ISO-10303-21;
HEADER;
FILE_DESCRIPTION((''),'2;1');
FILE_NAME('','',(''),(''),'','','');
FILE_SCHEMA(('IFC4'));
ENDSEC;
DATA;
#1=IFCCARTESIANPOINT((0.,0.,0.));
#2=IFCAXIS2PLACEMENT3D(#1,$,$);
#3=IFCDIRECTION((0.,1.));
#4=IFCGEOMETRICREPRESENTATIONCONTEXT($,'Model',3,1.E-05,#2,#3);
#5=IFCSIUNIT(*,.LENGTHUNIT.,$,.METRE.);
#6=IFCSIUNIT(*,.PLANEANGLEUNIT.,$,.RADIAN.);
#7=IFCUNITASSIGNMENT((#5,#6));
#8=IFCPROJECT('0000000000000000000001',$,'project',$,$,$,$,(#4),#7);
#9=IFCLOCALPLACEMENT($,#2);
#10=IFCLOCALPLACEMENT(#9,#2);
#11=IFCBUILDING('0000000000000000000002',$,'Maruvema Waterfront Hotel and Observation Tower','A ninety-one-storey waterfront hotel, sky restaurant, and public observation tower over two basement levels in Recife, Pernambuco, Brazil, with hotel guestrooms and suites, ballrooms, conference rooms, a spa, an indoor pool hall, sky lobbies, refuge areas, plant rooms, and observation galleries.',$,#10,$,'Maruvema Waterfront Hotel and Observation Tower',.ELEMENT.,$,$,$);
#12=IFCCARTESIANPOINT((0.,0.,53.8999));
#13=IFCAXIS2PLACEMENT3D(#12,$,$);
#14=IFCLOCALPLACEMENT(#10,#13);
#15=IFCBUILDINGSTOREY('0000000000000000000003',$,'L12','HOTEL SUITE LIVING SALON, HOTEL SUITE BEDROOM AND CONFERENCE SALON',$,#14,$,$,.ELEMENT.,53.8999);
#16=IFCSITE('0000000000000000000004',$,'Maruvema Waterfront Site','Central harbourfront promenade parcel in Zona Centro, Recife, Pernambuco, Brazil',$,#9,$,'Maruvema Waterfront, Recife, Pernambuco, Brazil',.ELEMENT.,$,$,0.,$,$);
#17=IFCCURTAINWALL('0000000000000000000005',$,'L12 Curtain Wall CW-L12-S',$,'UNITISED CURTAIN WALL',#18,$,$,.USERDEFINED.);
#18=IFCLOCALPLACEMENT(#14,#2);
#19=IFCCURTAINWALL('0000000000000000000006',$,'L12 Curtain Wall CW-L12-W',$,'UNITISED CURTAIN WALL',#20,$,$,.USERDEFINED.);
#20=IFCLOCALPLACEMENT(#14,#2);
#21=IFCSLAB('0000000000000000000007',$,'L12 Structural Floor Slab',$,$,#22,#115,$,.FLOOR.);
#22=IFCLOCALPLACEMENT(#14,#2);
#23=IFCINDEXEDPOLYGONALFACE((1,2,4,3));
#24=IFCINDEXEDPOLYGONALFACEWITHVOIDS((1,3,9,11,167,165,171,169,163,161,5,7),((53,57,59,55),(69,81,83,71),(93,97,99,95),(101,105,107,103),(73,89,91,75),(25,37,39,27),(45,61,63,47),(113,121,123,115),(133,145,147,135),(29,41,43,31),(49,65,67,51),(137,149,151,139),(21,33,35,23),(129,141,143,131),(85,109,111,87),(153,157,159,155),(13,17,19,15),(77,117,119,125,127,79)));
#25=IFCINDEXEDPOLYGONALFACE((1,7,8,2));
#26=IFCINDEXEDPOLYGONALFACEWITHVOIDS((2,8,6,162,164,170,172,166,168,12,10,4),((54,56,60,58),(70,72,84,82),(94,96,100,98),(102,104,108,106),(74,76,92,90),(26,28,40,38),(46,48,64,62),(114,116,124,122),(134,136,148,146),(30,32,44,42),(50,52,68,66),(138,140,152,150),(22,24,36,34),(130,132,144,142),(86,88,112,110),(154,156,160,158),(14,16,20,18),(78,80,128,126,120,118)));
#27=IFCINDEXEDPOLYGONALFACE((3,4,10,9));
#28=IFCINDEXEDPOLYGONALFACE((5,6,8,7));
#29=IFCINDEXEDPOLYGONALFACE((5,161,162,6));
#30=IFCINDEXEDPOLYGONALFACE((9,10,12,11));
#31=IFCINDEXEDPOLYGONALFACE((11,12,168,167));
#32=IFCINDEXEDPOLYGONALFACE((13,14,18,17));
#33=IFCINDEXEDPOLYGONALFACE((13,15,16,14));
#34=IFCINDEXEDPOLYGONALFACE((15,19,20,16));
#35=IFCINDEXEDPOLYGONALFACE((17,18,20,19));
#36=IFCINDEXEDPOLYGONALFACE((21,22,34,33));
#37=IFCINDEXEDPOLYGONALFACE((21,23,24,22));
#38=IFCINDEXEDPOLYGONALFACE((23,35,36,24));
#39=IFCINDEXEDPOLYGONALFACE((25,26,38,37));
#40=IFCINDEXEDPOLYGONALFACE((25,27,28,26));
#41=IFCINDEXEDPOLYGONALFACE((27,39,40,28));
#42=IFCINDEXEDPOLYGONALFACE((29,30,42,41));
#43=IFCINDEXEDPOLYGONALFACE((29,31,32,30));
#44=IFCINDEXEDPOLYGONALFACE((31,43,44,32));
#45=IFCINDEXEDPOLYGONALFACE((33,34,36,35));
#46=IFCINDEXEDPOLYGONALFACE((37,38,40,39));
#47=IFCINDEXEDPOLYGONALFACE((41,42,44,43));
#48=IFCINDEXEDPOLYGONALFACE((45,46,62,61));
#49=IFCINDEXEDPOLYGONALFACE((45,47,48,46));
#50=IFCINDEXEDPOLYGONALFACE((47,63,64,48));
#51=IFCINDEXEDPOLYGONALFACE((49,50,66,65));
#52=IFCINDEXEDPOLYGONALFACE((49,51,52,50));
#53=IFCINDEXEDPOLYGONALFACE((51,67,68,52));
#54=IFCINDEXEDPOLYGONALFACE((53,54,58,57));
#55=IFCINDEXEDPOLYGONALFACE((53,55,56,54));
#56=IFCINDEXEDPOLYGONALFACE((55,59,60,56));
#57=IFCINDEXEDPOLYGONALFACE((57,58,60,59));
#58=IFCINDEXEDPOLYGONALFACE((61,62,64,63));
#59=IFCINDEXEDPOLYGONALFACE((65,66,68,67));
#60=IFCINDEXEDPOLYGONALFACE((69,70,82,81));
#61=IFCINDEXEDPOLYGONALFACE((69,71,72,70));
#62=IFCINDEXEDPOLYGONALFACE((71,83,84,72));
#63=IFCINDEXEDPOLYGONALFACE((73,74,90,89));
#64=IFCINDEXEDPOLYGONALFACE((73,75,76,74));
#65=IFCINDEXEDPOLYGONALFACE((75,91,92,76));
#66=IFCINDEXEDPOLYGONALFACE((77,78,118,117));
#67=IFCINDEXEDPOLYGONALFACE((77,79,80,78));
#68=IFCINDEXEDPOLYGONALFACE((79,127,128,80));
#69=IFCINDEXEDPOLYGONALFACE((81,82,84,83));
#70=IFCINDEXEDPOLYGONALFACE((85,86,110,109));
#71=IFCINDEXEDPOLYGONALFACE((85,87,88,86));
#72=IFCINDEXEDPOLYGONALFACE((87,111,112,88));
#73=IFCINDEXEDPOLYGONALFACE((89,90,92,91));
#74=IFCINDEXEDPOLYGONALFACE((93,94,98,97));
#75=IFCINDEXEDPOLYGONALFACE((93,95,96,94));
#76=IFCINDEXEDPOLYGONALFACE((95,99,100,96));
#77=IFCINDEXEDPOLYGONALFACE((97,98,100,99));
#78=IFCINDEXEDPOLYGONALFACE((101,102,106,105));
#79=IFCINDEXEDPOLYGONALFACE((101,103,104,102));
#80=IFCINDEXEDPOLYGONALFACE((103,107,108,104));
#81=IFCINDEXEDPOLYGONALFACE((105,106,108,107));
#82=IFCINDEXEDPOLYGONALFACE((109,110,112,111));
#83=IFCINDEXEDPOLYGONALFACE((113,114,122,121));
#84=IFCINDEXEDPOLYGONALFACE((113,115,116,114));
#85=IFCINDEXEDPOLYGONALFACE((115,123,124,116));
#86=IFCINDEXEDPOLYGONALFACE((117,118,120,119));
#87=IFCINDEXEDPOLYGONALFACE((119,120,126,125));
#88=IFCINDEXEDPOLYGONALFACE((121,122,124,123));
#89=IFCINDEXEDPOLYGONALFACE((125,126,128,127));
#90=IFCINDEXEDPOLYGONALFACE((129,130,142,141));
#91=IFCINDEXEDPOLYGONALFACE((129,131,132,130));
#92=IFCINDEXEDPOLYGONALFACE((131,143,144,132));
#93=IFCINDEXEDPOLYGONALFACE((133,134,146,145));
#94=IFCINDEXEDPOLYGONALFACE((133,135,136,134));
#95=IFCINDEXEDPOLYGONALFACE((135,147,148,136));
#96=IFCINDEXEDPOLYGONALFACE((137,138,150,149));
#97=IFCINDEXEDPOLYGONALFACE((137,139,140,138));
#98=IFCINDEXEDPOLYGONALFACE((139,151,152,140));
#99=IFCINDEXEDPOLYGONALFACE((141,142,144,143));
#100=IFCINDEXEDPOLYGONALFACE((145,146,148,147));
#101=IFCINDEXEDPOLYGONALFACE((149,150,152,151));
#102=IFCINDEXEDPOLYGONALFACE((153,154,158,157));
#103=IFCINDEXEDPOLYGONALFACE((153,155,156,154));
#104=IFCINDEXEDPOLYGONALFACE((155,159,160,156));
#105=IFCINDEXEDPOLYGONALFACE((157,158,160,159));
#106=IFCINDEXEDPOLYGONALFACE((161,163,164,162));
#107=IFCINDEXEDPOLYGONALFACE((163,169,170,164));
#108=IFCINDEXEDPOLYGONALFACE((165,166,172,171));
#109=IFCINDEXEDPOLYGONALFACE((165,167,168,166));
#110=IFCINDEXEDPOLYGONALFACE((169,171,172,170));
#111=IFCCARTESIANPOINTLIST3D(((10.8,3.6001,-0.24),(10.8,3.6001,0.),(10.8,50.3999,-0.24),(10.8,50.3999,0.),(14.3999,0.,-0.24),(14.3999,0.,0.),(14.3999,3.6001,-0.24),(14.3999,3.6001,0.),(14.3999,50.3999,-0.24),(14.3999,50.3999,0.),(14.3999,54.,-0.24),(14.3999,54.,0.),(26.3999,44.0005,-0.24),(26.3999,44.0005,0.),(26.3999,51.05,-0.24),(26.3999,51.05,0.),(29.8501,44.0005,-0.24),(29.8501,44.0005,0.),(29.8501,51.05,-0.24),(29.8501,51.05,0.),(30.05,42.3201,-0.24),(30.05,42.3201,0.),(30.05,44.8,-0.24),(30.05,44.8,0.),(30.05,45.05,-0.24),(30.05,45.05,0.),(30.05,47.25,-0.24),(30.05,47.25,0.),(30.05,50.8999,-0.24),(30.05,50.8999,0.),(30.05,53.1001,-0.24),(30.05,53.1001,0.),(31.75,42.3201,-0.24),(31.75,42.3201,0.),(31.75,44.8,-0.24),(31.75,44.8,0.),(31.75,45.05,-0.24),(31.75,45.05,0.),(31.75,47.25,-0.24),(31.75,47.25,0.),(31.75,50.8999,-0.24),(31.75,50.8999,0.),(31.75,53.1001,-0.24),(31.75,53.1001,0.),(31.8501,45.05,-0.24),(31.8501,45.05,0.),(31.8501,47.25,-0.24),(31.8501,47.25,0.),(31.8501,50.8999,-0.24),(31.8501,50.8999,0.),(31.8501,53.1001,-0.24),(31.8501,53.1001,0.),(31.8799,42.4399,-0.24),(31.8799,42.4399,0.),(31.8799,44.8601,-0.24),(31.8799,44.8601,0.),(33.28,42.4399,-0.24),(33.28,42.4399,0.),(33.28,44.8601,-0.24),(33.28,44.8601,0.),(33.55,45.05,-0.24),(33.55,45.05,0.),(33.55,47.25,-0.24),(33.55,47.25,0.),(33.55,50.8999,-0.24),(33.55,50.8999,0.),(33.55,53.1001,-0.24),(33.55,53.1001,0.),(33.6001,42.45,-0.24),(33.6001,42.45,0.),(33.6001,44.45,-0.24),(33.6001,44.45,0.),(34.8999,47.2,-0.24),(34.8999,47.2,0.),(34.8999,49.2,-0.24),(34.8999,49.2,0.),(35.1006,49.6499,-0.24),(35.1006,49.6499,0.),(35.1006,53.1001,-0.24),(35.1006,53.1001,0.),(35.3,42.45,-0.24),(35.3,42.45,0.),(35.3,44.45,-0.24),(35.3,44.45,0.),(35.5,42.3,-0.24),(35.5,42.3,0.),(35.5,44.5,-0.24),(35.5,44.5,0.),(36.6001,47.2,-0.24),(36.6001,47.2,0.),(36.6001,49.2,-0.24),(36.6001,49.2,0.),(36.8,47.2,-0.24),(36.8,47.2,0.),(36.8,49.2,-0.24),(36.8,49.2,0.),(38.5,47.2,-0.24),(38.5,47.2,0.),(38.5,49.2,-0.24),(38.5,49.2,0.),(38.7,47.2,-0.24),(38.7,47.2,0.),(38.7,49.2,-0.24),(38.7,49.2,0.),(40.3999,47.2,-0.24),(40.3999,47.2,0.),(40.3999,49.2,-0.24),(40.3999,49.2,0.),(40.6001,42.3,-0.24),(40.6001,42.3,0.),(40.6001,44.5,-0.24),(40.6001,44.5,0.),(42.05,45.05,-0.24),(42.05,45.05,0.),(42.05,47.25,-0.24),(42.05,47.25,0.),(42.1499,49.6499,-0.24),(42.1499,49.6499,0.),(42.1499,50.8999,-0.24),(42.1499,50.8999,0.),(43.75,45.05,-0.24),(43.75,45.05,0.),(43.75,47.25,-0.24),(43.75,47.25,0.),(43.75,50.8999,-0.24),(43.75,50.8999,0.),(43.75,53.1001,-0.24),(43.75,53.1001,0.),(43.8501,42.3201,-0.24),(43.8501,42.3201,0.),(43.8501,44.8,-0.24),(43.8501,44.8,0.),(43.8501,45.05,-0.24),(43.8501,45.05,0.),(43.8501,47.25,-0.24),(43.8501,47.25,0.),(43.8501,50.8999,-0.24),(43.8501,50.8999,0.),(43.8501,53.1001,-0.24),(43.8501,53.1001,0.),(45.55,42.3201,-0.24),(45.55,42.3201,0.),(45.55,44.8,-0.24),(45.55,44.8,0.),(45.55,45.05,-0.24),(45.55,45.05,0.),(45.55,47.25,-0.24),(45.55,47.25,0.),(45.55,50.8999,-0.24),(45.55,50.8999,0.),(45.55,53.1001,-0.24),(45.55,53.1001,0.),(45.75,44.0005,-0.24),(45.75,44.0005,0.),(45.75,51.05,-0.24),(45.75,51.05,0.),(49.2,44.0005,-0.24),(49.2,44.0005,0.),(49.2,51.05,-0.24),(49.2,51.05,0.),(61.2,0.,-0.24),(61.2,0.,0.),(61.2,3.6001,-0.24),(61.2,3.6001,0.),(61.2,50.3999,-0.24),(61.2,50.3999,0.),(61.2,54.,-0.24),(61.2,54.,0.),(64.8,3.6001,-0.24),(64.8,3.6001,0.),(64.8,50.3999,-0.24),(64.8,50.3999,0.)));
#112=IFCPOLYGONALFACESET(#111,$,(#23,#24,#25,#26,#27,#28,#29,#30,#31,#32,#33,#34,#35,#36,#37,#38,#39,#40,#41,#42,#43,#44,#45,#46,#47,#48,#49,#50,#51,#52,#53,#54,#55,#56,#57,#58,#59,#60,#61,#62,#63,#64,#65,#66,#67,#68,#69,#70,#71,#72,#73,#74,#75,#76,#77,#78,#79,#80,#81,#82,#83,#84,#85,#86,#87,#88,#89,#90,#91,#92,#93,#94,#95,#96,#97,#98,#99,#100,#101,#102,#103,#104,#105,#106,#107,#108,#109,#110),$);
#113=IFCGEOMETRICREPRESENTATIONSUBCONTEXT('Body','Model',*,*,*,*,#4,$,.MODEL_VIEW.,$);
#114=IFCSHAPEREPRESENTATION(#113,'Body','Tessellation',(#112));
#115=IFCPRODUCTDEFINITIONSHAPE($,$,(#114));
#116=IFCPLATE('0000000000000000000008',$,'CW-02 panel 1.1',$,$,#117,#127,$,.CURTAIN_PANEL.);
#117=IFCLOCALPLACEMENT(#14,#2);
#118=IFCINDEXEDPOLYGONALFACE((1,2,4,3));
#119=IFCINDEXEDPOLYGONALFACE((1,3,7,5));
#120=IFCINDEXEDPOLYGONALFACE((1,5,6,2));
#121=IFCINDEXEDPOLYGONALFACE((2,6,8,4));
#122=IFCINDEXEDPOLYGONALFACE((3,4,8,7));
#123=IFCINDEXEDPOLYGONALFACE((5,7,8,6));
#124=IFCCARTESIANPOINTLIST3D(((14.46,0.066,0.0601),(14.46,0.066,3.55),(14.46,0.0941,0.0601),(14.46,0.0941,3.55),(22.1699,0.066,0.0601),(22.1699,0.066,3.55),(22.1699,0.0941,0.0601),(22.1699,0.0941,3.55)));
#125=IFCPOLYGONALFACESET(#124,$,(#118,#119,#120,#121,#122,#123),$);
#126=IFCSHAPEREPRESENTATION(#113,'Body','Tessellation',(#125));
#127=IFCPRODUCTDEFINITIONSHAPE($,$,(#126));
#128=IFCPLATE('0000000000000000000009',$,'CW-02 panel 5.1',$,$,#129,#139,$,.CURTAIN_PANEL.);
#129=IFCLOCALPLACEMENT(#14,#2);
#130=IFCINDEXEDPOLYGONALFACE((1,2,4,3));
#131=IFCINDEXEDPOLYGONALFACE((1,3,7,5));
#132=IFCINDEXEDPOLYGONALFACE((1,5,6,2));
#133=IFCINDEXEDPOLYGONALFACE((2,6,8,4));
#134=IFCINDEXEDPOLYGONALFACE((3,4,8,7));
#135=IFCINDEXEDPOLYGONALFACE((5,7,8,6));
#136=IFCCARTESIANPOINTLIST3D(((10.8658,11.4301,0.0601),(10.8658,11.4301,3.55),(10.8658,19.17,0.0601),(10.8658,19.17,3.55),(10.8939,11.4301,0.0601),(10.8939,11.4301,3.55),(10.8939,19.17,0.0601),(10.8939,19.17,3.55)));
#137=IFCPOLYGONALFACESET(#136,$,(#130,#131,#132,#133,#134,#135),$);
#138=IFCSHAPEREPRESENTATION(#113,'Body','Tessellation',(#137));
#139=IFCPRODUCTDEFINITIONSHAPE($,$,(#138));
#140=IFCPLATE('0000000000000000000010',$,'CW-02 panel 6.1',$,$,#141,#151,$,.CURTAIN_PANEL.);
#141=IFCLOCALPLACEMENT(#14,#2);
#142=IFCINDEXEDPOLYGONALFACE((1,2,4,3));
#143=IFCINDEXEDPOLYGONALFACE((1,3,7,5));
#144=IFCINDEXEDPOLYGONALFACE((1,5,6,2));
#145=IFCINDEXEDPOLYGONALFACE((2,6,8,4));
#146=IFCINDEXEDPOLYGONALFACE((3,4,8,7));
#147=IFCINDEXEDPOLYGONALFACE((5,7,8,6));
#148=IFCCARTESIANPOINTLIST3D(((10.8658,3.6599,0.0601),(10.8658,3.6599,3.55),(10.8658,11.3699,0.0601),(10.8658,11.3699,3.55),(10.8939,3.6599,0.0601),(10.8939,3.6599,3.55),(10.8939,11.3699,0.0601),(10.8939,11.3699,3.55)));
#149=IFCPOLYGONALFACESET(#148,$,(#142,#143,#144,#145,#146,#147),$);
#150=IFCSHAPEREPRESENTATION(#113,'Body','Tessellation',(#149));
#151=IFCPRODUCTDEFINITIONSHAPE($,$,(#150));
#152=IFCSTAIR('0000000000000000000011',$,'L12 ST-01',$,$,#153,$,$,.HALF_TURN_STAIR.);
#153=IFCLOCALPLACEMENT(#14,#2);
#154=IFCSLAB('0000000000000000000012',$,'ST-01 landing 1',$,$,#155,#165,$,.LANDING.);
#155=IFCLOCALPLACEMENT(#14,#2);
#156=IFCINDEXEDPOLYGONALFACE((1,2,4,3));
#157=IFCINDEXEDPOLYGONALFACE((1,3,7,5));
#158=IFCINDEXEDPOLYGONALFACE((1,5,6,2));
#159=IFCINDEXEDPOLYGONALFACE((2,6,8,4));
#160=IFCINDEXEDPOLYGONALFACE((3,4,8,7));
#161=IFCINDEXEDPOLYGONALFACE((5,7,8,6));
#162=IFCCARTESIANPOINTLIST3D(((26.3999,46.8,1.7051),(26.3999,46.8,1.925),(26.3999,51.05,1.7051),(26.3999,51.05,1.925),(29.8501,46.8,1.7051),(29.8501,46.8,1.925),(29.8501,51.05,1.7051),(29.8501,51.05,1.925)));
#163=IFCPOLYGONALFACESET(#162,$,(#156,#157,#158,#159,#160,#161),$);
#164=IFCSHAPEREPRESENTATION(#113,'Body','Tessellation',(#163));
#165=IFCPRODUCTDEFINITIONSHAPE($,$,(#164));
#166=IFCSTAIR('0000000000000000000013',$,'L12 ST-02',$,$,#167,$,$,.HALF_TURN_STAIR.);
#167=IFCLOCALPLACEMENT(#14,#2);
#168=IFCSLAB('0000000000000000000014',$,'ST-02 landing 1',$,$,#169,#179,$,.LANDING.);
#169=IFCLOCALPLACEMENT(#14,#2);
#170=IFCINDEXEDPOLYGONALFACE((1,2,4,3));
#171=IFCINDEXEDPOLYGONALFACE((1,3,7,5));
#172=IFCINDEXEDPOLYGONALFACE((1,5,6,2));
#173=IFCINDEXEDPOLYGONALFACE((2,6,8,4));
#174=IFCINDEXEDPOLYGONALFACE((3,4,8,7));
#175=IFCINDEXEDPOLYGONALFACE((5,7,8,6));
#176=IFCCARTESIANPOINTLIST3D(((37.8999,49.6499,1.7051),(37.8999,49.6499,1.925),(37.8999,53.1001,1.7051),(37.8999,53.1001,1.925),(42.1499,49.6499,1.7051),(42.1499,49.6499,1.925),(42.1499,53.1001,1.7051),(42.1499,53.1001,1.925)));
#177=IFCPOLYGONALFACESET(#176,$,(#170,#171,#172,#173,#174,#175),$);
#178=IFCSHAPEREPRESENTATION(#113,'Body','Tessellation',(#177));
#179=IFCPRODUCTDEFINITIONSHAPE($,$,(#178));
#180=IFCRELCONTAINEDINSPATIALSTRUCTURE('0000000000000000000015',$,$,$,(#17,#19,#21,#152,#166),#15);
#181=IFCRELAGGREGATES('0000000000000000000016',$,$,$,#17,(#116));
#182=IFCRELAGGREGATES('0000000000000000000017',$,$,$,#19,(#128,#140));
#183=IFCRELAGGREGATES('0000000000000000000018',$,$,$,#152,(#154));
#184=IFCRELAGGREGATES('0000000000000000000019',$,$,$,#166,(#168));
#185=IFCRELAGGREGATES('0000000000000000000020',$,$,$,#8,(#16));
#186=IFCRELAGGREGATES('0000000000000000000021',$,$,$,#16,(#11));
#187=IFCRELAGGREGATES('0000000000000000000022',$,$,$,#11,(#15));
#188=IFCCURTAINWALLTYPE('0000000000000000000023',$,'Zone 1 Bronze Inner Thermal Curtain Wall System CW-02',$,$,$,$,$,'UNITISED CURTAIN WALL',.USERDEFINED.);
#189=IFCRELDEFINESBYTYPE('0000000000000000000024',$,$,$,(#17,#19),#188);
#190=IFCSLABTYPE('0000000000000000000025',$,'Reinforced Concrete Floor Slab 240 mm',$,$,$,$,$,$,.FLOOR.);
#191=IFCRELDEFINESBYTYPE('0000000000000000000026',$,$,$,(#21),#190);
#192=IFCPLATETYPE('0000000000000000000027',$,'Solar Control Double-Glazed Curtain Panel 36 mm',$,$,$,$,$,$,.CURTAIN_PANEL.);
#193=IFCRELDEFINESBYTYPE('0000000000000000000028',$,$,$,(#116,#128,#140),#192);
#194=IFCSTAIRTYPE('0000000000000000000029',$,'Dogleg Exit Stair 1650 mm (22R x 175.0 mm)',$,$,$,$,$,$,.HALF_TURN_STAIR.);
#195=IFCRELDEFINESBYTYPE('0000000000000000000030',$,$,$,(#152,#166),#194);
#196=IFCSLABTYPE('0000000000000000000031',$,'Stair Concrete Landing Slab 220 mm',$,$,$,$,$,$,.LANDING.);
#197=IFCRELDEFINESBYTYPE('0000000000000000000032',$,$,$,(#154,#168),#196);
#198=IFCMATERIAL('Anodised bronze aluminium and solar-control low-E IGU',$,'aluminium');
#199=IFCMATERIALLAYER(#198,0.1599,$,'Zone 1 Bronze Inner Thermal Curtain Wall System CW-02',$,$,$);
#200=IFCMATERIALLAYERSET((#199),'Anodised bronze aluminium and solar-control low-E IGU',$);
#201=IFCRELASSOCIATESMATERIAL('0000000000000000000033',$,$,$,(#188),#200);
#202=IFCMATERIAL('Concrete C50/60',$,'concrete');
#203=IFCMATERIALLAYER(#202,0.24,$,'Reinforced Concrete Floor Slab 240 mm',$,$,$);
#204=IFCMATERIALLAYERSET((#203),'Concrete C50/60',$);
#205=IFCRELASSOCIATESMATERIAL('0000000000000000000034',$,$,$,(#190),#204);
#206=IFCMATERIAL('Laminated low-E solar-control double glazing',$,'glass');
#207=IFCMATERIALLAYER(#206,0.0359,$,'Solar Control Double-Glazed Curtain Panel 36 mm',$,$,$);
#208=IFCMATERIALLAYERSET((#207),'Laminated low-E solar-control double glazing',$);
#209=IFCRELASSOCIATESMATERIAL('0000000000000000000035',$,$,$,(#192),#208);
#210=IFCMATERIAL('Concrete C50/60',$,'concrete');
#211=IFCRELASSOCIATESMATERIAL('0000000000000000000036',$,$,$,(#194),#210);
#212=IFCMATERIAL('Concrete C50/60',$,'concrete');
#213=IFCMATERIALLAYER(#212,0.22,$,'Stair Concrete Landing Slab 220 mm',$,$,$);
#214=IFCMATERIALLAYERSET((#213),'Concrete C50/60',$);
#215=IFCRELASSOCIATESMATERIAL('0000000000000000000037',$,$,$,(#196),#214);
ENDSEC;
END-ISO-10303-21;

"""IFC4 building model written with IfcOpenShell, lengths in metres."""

from ifc_helpers import new_model, si_unit, direction, frame, origin, origin_2d, place, context, subcontext, project, spatial, polyline, rectangle, outline, extrude, material, layer, layer_set, type_object, element, aggregate, save


model = new_model("IFC4")

# Units and contexts
model_context = context("Model", 3, precision=1e-05, world=origin(), true_north=direction((0.0, 1.0)))
body_context = subcontext(model_context, "Body", "Model", "MODEL_VIEW")
ifc_project = project(units=[si_unit("LENGTHUNIT", "METRE"), si_unit("PLANEANGLEUNIT", "RADIAN")], contexts=[model_context])

# Site, building, storey
site_placement = place(None, origin())
site = spatial("IfcSite", under=ifc_project, at=site_placement, Name="Maruvema Waterfront Site", Description="Central harbourfront promenade parcel in Zona Centro, Recife, Pernambuco, Brazil", LongName="Maruvema Waterfront, Recife, Pernambuco, Brazil", CompositionType="ELEMENT", RefElevation=0.0)
building_placement = place(site_placement, origin())
building = spatial("IfcBuilding", under=site, at=building_placement, Name="Maruvema Waterfront Hotel and Observation Tower", Description="A ninety-one-storey waterfront hotel, sky restaurant, and public observation tower over two basement levels in Recife, Pernambuco, Brazil, with hotel guestrooms and suites, ballrooms, conference rooms, a spa, an indoor pool hall, sky lobbies, refuge areas, plant rooms, and observation galleries.", LongName="Maruvema Waterfront Hotel and Observation Tower", CompositionType="ELEMENT")
storey_placement = place(building_placement, frame((0.0, 0.0, 53.8999)))
storey = spatial("IfcBuildingStorey", under=building, at=storey_placement, Name="L12", Description="HOTEL SUITE LIVING SALON, HOTEL SUITE BEDROOM AND CONFERENCE SALON", CompositionType="ELEMENT", Elevation=53.8999)

# Curtain walls
ifc_material_1 = material(Name="Anodised bronze aluminium and solar-control low-E IGU", Category="aluminium")
ifc_layer_1 = layer(ifc_material_1, 0.1599, Name="Zone 1 Bronze Inner Thermal Curtain Wall System CW-02")
ifc_layer_set_1 = layer_set([ifc_layer_1], Name="Anodised bronze aluminium and solar-control low-E IGU")
curtain_wall_type = type_object("IfcCurtainWallType", Name="Zone 1 Bronze Inner Thermal Curtain Wall System CW-02", ElementType="UNITISED CURTAIN WALL", PredefinedType="USERDEFINED", material=ifc_layer_set_1)
curtain_wall_1_placement = place(storey_placement, origin())
curtain_wall_1 = element("IfcCurtainWall", 1, at=curtain_wall_1_placement, inside=storey, type_object=curtain_wall_type, Name="L12 Curtain Wall CW-L12-S", ObjectType="UNITISED CURTAIN WALL", PredefinedType="USERDEFINED")
curtain_wall_2_placement = place(storey_placement, origin())
curtain_wall_2 = element("IfcCurtainWall", 2, at=curtain_wall_2_placement, inside=storey, type_object=curtain_wall_type, Name="L12 Curtain Wall CW-L12-W", ObjectType="UNITISED CURTAIN WALL", PredefinedType="USERDEFINED")

# Slab
ifc_material_2 = material(Name="Concrete C50/60", Category="concrete")
ifc_layer_2 = layer(ifc_material_2, 0.24, Name="Reinforced Concrete Floor Slab 240 mm")
ifc_layer_set_2 = layer_set([ifc_layer_2], Name="Concrete C50/60")
slab_type_1 = type_object("IfcSlabType", Name="Reinforced Concrete Floor Slab 240 mm", PredefinedType="FLOOR", material=ifc_layer_set_2)
slab_1_placement = place(storey_placement, frame((0.0, 0.0, -0.24)))
element("IfcSlab", 3, at=slab_1_placement, inside=storey, type_object=slab_type_1, Name="L12 Structural Floor Slab", PredefinedType="FLOOR", context=body_context, shape_type="SweptSolid", body=[
    extrude(outline(polyline([(14.3999, 0.0), (61.2, 0.0), (61.2, 3.6001), (64.8, 3.6001), (64.8, 50.3999), (61.2, 50.3999), (61.2, 54.0), (14.3999, 54.0), (14.3999, 50.3999), (10.8, 50.3999), (10.8, 3.6001), (14.3999, 3.6001), (14.3999, 0.0)]), holes=[polyline([(26.3999, 44.0005), (26.3999, 51.05), (29.8501, 51.05), (29.8501, 44.0005), (26.3999, 44.0005)]), polyline([(30.05, 44.8), (31.75, 44.8), (31.75, 42.3201), (30.05, 42.3201), (30.05, 44.8)]), polyline([(31.75, 47.25), (31.75, 45.05), (30.05, 45.05), (30.05, 47.25), (31.75, 47.25)]), polyline([(31.75, 53.1001), (31.75, 50.8999), (30.05, 50.8999), (30.05, 53.1001), (31.75, 53.1001)]), polyline([(33.28, 44.8601), (33.28, 42.4399), (31.8799, 42.4399), (31.8799, 44.8601), (33.28, 44.8601)]), polyline([(31.8501, 47.25), (33.55, 47.25), (33.55, 45.05), (31.8501, 45.05), (31.8501, 47.25)]), polyline([(31.8501, 53.1001), (33.55, 53.1001), (33.55, 50.8999), (31.8501, 50.8999), (31.8501, 53.1001)]), polyline([(33.6001, 44.45), (35.3, 44.45), (35.3, 42.45), (33.6001, 42.45), (33.6001, 44.45)]), polyline([(34.8999, 49.2), (36.6001, 49.2), (36.6001, 47.2), (34.8999, 47.2), (34.8999, 49.2)]), polyline([(38.5, 49.2), (38.5, 47.2), (36.8, 47.2), (36.8, 49.2), (38.5, 49.2)]), polyline([(35.5, 44.5), (40.6001, 44.5), (40.6001, 42.3), (35.5, 42.3), (35.5, 44.5)]), polyline([(43.75, 50.8999), (42.1499, 50.8999), (42.1499, 49.6499), (35.1006, 49.6499), (35.1006, 53.1001), (43.75, 53.1001), (43.75, 50.8999)]), polyline([(40.3999, 49.2), (40.3999, 47.2), (38.7, 47.2), (38.7, 49.2), (40.3999, 49.2)]), polyline([(43.75, 47.25), (43.75, 45.05), (42.05, 45.05), (42.05, 47.25), (43.75, 47.25)]), polyline([(45.55, 44.8), (45.55, 42.3201), (43.8501, 42.3201), (43.8501, 44.8), (45.55, 44.8)]), polyline([(43.8501, 47.25), (45.55, 47.25), (45.55, 45.05), (43.8501, 45.05), (43.8501, 47.25)]), polyline([(45.55, 53.1001), (45.55, 50.8999), (43.8501, 50.8999), (43.8501, 53.1001), (45.55, 53.1001)]), polyline([(45.75, 51.05), (49.2, 51.05), (49.2, 44.0005), (45.75, 44.0005), (45.75, 51.05)])]), origin(), (0.0, 0.0, 1.0), 0.24),
])

# Plates
ifc_material_3 = material(Name="Laminated low-E solar-control double glazing", Category="glass")
ifc_layer_3 = layer(ifc_material_3, 0.0359, Name="Solar Control Double-Glazed Curtain Panel 36 mm")
ifc_layer_set_3 = layer_set([ifc_layer_3], Name="Laminated low-E solar-control double glazing")
plate_type = type_object("IfcPlateType", Name="Solar Control Double-Glazed Curtain Panel 36 mm", PredefinedType="CURTAIN_PANEL", material=ifc_layer_set_3)
plate_1_placement = place(storey_placement, frame((18.3149, 0.0801, 0.0601), z_axis=(0.0, 0.0, 1.0), x_axis=(1.0, 0.0, 0.0)))
plate_1 = element("IfcPlate", 4, at=plate_1_placement, type_object=plate_type, Name="CW-02 panel 1.1", PredefinedType="CURTAIN_PANEL", context=body_context, shape_type="SweptSolid", body=[
    extrude(rectangle(XDim=7.71, YDim=0.0281, at=origin_2d()), origin(), (0.0, 0.0, 1.0), 3.49),
])
aggregate(curtain_wall_1, [plate_1])
plate_2_placement = place(storey_placement, frame((10.8799, 15.3, 0.0601), z_axis=(0.0, 0.0, 1.0), x_axis=(0.0, -1.0, 0.0)))
plate_2 = element("IfcPlate", 5, at=plate_2_placement, type_object=plate_type, Name="CW-02 panel 5.1", PredefinedType="CURTAIN_PANEL", context=body_context, shape_type="SweptSolid", body=[
    extrude(rectangle(XDim=7.74, YDim=0.0281, at=origin_2d()), origin(), (0.0, 0.0, 1.0), 3.49),
])
plate_3_placement = place(storey_placement, frame((10.8799, 7.5149, 0.0601), z_axis=(0.0, 0.0, 1.0), x_axis=(0.0, -1.0, 0.0)))
plate_3 = element("IfcPlate", 6, at=plate_3_placement, type_object=plate_type, Name="CW-02 panel 6.1", PredefinedType="CURTAIN_PANEL", context=body_context, shape_type="SweptSolid", body=[
    extrude(rectangle(XDim=7.71, YDim=0.0281, at=origin_2d()), origin(), (0.0, 0.0, 1.0), 3.49),
])
aggregate(curtain_wall_2, [plate_2, plate_3])

# Stairs, slabs
ifc_material_4 = material(Name="Concrete C50/60", Category="concrete")
stair_type = type_object("IfcStairType", Name="Dogleg Exit Stair 1650 mm (22R x 175.0 mm)", PredefinedType="HALF_TURN_STAIR", material=ifc_material_4)
stair_1_placement = place(storey_placement, origin())
stair_1 = element("IfcStair", 7, at=stair_1_placement, inside=storey, type_object=stair_type, Name="L12 ST-01", PredefinedType="HALF_TURN_STAIR")
ifc_material_5 = material(Name="Concrete C50/60", Category="concrete")
ifc_layer_4 = layer(ifc_material_5, 0.22, Name="Stair Concrete Landing Slab 220 mm")
ifc_layer_set_4 = layer_set([ifc_layer_4], Name="Concrete C50/60")
slab_type_2 = type_object("IfcSlabType", Name="Stair Concrete Landing Slab 220 mm", PredefinedType="LANDING", material=ifc_layer_set_4)
slab_2_placement = place(storey_placement, frame((0.0, 0.0, 1.7051)))
slab_2 = element("IfcSlab", 8, at=slab_2_placement, type_object=slab_type_2, Name="ST-01 landing 1", PredefinedType="LANDING", context=body_context, shape_type="SweptSolid", body=[
    extrude(outline(polyline([(29.8501, 46.8), (29.8501, 51.05), (26.3999, 51.05), (26.3999, 46.8), (29.8501, 46.8)])), origin(), (0.0, 0.0, 1.0), 0.22),
])
aggregate(stair_1, [slab_2])
stair_2_placement = place(storey_placement, origin())
stair_2 = element("IfcStair", 9, at=stair_2_placement, inside=storey, type_object=stair_type, Name="L12 ST-02", PredefinedType="HALF_TURN_STAIR")
slab_3_placement = place(storey_placement, frame((0.0, 0.0, 1.7051)))
slab_3 = element("IfcSlab", 10, at=slab_3_placement, type_object=slab_type_2, Name="ST-02 landing 1", PredefinedType="LANDING", context=body_context, shape_type="SweptSolid", body=[
    extrude(outline(polyline([(37.8999, 49.6499), (42.1499, 49.6499), (42.1499, 53.1001), (37.8999, 53.1001), (37.8999, 49.6499)])), origin(), (0.0, 0.0, 1.0), 0.22),
])
aggregate(stair_2, [slab_3])

save(model, "model.ifc")
